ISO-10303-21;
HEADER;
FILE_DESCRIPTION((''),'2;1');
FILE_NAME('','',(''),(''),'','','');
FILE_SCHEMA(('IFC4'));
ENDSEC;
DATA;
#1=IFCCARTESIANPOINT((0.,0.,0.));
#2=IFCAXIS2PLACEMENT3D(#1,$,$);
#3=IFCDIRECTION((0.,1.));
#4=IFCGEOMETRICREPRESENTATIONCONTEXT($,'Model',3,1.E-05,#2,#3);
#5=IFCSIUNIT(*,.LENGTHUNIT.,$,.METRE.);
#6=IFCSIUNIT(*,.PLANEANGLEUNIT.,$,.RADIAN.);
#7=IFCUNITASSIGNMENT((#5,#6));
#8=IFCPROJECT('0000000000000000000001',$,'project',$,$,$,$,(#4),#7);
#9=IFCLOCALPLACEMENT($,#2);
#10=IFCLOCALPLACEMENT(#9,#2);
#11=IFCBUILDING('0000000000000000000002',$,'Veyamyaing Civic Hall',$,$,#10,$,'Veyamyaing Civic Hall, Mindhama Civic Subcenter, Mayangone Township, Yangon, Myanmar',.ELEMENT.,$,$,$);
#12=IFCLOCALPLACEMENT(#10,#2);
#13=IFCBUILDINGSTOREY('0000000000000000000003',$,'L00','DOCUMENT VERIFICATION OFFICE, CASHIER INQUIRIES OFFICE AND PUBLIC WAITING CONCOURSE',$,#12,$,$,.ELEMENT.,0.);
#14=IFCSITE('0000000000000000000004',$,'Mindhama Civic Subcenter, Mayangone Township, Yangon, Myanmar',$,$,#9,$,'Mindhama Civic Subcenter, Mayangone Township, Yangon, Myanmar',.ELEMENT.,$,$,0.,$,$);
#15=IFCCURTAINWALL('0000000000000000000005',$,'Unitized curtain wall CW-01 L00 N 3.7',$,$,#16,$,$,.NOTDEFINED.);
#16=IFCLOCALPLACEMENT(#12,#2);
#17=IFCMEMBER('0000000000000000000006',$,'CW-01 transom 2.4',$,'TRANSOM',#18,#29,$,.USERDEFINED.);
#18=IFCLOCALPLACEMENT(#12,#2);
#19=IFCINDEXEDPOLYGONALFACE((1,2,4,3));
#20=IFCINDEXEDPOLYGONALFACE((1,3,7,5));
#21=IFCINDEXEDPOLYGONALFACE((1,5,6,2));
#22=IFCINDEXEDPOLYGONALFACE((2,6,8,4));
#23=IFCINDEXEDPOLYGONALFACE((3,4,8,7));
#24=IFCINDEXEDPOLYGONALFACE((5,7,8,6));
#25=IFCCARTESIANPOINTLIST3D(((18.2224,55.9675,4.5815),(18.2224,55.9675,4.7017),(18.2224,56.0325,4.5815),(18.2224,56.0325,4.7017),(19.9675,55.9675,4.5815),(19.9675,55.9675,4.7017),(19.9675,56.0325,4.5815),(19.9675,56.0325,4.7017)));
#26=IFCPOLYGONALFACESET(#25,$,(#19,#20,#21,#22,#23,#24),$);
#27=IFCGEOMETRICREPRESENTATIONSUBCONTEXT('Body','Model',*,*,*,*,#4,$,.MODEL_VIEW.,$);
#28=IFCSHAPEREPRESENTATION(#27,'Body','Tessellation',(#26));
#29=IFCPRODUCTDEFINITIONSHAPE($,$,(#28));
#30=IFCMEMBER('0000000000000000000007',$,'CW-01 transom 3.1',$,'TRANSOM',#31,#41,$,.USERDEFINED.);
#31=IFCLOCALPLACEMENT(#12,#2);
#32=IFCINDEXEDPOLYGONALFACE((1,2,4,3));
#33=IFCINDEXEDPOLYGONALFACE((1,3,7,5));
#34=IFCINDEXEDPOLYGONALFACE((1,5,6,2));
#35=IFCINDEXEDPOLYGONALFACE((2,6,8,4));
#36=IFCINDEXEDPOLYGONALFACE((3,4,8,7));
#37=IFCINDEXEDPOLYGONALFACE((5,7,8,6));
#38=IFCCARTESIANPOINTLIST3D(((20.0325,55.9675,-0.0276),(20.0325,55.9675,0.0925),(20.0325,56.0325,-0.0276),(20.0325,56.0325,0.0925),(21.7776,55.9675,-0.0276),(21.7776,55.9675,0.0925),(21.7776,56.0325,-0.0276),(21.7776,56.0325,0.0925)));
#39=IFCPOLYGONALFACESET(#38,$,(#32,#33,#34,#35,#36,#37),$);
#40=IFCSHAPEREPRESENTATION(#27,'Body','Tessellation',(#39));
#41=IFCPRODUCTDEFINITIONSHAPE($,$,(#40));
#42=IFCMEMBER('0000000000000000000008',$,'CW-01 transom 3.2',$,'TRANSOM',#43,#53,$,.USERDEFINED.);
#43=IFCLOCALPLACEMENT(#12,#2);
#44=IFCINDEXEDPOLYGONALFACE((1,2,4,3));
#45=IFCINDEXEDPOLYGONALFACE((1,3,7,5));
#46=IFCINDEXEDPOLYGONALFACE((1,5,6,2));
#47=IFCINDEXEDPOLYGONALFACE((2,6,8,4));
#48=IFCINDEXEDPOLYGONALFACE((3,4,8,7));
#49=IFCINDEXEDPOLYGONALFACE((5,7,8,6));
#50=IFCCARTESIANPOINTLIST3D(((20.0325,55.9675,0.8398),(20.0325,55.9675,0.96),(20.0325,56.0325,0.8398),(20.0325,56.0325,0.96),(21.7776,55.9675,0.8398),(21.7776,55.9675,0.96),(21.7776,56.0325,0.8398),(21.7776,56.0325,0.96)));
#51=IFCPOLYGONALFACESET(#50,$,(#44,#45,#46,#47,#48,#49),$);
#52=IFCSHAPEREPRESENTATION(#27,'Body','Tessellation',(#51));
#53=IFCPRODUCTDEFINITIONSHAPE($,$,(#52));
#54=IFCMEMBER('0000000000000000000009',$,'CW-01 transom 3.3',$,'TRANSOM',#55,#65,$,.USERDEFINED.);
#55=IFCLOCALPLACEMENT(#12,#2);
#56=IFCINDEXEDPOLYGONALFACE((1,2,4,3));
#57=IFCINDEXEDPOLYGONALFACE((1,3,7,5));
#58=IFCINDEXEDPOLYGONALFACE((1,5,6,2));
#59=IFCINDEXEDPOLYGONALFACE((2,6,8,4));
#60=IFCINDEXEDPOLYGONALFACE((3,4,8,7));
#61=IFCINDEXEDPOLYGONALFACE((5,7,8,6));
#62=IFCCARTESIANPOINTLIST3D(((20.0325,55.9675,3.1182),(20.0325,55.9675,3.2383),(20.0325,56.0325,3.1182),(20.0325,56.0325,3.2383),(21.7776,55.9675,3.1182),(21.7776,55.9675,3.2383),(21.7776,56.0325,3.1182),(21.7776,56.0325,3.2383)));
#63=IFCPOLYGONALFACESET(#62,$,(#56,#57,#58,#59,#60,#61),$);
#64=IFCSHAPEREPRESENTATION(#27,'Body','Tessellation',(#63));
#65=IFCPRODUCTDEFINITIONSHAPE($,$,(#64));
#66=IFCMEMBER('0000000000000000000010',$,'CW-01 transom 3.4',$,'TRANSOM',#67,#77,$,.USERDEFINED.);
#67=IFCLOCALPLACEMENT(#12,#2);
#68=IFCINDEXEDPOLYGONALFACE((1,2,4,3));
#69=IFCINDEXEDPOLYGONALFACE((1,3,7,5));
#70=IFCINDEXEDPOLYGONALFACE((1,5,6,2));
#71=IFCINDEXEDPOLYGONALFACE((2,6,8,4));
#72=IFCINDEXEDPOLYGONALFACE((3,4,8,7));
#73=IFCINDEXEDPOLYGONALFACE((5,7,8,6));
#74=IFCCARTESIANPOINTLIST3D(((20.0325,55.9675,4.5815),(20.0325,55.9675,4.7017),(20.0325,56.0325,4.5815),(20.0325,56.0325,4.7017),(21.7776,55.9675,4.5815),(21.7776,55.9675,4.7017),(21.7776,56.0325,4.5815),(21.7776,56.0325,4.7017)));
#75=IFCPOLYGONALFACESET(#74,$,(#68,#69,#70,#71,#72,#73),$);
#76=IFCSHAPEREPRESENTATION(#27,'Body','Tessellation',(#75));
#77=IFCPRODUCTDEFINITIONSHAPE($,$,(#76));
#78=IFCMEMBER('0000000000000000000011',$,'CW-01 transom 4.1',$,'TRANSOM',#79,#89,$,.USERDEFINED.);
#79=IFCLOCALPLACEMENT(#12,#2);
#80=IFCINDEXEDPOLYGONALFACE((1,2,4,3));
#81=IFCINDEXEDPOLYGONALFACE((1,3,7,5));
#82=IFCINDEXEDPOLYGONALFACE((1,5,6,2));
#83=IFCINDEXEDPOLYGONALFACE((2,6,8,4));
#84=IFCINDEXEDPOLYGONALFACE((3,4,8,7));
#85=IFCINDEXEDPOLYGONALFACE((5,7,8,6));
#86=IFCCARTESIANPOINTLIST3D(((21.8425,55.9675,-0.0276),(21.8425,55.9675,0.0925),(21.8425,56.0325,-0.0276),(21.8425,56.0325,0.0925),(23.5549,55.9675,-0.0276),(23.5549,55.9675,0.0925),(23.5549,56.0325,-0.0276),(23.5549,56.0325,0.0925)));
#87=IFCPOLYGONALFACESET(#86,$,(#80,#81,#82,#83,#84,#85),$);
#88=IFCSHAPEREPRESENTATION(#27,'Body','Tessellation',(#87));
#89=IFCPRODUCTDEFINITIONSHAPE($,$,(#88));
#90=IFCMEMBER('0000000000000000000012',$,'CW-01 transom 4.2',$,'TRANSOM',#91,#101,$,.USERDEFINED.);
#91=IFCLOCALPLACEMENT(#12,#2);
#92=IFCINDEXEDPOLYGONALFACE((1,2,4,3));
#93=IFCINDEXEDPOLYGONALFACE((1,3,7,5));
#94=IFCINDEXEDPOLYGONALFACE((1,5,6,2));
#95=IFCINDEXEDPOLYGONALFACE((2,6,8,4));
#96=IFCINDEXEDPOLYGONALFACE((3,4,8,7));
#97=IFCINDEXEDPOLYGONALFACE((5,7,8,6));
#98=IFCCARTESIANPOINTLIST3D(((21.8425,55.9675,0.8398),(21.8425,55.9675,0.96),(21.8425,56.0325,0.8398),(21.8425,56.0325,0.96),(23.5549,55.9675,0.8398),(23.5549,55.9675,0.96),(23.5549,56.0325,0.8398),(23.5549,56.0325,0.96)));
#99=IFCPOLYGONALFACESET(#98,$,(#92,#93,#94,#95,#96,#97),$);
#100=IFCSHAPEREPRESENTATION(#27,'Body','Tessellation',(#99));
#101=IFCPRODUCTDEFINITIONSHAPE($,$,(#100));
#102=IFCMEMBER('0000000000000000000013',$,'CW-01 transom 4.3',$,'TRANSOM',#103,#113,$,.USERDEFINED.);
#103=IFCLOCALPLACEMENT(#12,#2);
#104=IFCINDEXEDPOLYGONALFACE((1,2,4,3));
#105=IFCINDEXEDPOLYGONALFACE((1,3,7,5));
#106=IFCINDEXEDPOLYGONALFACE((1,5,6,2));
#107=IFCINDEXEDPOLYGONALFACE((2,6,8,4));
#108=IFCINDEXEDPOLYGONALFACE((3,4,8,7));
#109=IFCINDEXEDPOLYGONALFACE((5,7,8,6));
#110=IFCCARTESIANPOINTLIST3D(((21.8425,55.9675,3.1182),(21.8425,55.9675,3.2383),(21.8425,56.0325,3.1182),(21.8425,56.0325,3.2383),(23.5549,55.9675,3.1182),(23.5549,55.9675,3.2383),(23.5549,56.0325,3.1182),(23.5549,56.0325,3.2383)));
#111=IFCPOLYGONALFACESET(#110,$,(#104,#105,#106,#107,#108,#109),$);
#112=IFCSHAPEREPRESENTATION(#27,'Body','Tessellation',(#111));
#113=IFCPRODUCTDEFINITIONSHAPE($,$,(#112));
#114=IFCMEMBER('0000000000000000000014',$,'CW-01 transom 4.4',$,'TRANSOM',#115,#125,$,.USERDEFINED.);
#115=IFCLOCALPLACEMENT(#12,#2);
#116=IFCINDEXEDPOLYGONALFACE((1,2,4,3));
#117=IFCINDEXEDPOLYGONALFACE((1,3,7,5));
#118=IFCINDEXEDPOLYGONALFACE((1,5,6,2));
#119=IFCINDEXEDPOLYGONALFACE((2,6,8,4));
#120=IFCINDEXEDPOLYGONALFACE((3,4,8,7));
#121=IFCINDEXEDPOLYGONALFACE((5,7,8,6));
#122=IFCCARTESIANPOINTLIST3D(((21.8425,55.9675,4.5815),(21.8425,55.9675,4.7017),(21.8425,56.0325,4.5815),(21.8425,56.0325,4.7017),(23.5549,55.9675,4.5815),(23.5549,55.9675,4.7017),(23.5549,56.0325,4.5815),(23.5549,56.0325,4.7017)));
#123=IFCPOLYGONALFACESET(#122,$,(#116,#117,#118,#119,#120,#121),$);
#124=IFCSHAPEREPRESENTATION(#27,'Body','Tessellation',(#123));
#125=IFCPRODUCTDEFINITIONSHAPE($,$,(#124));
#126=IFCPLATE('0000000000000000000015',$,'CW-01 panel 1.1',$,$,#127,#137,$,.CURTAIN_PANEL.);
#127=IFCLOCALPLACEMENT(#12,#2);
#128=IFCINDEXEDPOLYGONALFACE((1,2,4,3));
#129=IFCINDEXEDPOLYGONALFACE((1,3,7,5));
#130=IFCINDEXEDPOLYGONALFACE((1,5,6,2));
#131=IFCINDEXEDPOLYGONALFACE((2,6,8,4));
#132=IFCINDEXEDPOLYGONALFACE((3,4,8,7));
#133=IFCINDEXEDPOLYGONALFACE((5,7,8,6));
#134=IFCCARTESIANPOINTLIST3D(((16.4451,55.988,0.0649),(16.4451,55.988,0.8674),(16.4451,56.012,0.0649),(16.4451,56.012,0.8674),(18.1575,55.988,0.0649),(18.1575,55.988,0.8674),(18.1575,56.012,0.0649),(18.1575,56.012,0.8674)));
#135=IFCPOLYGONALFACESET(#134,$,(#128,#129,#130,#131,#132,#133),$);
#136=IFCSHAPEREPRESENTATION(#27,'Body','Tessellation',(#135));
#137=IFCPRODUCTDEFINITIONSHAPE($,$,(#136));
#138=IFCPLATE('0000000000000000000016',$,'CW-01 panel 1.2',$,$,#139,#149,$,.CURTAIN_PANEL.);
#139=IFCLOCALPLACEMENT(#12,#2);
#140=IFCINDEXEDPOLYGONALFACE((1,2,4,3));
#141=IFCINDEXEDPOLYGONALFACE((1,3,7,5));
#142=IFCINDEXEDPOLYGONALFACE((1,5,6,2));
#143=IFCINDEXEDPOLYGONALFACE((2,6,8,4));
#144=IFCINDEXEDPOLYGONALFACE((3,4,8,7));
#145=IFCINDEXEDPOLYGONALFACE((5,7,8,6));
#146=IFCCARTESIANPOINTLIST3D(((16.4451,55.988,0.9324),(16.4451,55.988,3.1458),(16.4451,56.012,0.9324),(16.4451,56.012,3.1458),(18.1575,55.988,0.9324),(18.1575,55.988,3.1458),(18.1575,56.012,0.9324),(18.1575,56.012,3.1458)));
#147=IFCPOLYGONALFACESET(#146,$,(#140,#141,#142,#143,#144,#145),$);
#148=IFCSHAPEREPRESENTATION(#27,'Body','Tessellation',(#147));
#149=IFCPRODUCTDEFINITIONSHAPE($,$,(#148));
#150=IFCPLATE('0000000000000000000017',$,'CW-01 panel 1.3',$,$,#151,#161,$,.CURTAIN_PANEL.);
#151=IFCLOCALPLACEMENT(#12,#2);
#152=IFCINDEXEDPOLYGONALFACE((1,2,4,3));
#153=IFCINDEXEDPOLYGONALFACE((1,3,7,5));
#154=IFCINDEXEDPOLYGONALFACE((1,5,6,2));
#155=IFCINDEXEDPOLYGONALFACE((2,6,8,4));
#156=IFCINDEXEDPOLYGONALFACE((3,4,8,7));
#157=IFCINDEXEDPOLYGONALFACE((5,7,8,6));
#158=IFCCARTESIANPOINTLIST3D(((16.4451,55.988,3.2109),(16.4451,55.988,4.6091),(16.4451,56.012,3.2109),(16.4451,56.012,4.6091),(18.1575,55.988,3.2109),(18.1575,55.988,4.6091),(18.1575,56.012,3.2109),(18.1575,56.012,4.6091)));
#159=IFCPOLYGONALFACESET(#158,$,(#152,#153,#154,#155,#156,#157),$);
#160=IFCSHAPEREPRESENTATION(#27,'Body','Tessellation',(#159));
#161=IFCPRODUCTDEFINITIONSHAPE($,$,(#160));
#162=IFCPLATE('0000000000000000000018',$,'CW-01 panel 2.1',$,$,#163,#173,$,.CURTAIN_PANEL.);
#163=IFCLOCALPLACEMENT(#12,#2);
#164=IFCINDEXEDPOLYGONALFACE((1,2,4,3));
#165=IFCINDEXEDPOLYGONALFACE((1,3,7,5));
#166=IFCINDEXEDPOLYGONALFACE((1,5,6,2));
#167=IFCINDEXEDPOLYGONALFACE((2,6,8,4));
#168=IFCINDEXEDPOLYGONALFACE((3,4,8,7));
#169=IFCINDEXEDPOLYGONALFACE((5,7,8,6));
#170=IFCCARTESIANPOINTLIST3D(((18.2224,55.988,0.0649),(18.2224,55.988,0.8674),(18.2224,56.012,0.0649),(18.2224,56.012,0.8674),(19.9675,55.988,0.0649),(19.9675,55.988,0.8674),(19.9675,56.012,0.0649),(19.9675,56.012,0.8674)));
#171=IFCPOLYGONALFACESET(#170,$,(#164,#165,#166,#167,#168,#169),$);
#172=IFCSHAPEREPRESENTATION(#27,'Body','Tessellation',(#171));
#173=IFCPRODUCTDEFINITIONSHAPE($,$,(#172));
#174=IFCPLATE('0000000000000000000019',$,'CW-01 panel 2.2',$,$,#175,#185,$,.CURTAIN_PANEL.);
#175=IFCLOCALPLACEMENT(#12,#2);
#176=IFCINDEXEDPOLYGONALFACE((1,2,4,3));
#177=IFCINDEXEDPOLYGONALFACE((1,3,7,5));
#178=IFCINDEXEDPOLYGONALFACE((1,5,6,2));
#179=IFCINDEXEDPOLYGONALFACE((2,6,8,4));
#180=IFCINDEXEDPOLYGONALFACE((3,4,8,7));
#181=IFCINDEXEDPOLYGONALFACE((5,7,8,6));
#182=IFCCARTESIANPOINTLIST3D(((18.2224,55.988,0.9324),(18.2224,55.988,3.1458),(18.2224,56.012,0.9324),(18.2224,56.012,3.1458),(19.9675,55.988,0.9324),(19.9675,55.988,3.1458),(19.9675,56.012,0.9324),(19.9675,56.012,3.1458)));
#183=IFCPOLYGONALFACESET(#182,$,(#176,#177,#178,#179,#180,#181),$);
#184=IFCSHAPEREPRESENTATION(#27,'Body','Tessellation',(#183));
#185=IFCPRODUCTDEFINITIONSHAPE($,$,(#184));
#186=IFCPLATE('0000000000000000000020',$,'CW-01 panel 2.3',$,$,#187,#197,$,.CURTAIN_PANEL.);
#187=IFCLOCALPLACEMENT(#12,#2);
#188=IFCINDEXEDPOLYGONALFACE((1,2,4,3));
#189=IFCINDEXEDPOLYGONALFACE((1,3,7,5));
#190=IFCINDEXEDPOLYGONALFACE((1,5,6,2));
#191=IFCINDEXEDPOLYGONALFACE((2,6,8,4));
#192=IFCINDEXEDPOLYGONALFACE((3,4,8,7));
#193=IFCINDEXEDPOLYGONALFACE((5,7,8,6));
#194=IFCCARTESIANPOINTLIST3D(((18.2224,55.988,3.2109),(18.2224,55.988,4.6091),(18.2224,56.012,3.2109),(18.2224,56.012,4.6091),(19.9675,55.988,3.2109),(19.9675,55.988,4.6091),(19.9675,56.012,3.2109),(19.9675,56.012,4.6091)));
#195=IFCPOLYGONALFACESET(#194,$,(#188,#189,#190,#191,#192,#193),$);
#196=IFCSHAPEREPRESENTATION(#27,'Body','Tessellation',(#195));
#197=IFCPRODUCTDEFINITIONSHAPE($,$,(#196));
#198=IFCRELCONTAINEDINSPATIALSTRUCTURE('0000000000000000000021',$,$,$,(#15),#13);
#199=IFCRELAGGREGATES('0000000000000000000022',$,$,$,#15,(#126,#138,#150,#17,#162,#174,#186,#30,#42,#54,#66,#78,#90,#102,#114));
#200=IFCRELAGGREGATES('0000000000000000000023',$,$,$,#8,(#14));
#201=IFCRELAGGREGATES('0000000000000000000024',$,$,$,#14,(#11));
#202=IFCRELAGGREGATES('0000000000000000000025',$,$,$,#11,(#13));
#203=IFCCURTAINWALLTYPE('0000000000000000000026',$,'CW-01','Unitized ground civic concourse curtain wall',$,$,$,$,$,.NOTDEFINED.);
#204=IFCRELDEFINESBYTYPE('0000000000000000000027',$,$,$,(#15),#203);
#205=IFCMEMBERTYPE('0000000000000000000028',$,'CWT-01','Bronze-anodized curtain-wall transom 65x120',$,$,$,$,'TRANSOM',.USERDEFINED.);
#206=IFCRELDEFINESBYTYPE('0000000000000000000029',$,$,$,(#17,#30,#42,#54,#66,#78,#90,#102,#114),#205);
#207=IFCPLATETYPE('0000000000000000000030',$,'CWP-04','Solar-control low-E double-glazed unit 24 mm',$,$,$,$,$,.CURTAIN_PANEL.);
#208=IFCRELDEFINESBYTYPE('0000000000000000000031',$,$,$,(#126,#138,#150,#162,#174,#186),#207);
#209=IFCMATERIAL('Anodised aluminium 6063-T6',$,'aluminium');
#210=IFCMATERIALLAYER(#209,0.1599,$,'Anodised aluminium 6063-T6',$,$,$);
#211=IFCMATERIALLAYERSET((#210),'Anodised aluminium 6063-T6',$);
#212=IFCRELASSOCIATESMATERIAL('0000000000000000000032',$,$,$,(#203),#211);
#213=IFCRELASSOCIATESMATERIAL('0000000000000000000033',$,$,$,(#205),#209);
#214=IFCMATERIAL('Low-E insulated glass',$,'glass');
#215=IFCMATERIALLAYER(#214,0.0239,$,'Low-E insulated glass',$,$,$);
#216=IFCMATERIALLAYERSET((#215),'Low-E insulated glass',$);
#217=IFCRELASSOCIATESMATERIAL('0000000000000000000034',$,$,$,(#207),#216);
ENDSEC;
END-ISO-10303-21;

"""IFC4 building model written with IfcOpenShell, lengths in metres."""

from ifc_helpers import new_model, si_unit, direction, frame, origin, origin_2d, place, context, subcontext, project, spatial, rectangle, extrude, material, layer, layer_set, material_profile, profile_set, type_object, element, aggregate, save


model = new_model("IFC4")

# Units and contexts
model_context = context("Model", 3, precision=1e-05, world=origin(), true_north=direction((0.0, 1.0)))
body_context = subcontext(model_context, "Body", "Model", "MODEL_VIEW")
ifc_project = project(units=[si_unit("LENGTHUNIT", "METRE"), si_unit("PLANEANGLEUNIT", "RADIAN")], contexts=[model_context])

# Site, building, storey
site_placement = place(None, origin())
site = spatial("IfcSite", under=ifc_project, at=site_placement, Name="Mindhama Civic Subcenter, Mayangone Township, Yangon, Myanmar", LongName="Mindhama Civic Subcenter, Mayangone Township, Yangon, Myanmar", CompositionType="ELEMENT", RefElevation=0.0)
building_placement = place(site_placement, origin())
building = spatial("IfcBuilding", under=site, at=building_placement, Name="Veyamyaing Civic Hall", LongName="Veyamyaing Civic Hall, Mindhama Civic Subcenter, Mayangone Township, Yangon, Myanmar", CompositionType="ELEMENT")
storey_placement = place(building_placement, origin())
storey = spatial("IfcBuildingStorey", under=building, at=storey_placement, Name="L00", Description="DOCUMENT VERIFICATION OFFICE, CASHIER INQUIRIES OFFICE AND PUBLIC WAITING CONCOURSE", CompositionType="ELEMENT", Elevation=0.0)

# Curtain wall, members, plates
ifc_material_1 = material(Name="Anodised aluminium 6063-T6", Category="aluminium")
ifc_layer_1 = layer(ifc_material_1, 0.1599, Name="Anodised aluminium 6063-T6")
ifc_layer_set_1 = layer_set([ifc_layer_1], Name="Anodised aluminium 6063-T6")
curtain_wall_type = type_object("IfcCurtainWallType", Name="CW-01", Description="Unitized ground civic concourse curtain wall", PredefinedType="NOTDEFINED", material=ifc_layer_set_1)
curtain_wall_placement = place(storey_placement, origin())
curtain_wall = element("IfcCurtainWall", 1, at=curtain_wall_placement, inside=storey, type_object=curtain_wall_type, Name="Unitized curtain wall CW-01 L00 N 3.7", PredefinedType="NOTDEFINED")
ifc_material_profile_1 = material_profile(ifc_material_1, rectangle(XDim=0.0649, YDim=0.1201, at=origin_2d()), Name="ALU-TRN-65X120")
ifc_profile_set_1 = profile_set([ifc_material_profile_1], Name="Anodised aluminium 6063-T6")
member_type_1 = type_object("IfcMemberType", Name="CWT-01", Description="Bronze-anodized curtain-wall transom 65x120", ElementType="TRANSOM", PredefinedType="USERDEFINED", material=ifc_profile_set_1)
member_1_placement = place(storey_placement, frame((18.2224, 56.0, 4.6416), z_axis=(1.0, 0.0, 0.0), x_axis=(0.0, 1.0, 0.0)))
member_1 = element("IfcMember", 2, at=member_1_placement, type_object=member_type_1, Name="CW-01 transom 2.4", ObjectType="TRANSOM", PredefinedType="USERDEFINED", context=body_context, shape_type="SweptSolid", body=[
    extrude(rectangle(XDim=0.0649, YDim=0.1201, at=origin_2d()), origin(), (0.0, 0.0, 1.0), 1.7451),
])
member_2_placement = place(storey_placement, frame((20.0325, 56.0, 0.0325), z_axis=(1.0, 0.0, 0.0), x_axis=(0.0, 1.0, 0.0)))
member_2 = element("IfcMember", 3, at=member_2_placement, type_object=member_type_1, Name="CW-01 transom 3.1", ObjectType="TRANSOM", PredefinedType="USERDEFINED", context=body_context, shape_type="SweptSolid", body=[
    extrude(rectangle(XDim=0.0649, YDim=0.1201, at=origin_2d()), origin(), (0.0, 0.0, 1.0), 1.7451),
])
member_3_placement = place(storey_placement, frame((20.0325, 56.0, 0.8999), z_axis=(1.0, 0.0, 0.0), x_axis=(0.0, 1.0, 0.0)))
member_3 = element("IfcMember", 4, at=member_3_placement, type_object=member_type_1, Name="CW-01 transom 3.2", ObjectType="TRANSOM", PredefinedType="USERDEFINED", context=body_context, shape_type="SweptSolid", body=[
    extrude(rectangle(XDim=0.0649, YDim=0.1201, at=origin_2d()), origin(), (0.0, 0.0, 1.0), 1.7451),
])
member_4_placement = place(storey_placement, frame((20.0325, 56.0, 3.1782), z_axis=(1.0, 0.0, 0.0), x_axis=(0.0, 1.0, 0.0)))
member_4 = element("IfcMember", 5, at=member_4_placement, type_object=member_type_1, Name="CW-01 transom 3.3", ObjectType="TRANSOM", PredefinedType="USERDEFINED", context=body_context, shape_type="SweptSolid", body=[
    extrude(rectangle(XDim=0.0649, YDim=0.1201, at=origin_2d()), origin(), (0.0, 0.0, 1.0), 1.7451),
])
member_5_placement = place(storey_placement, frame((20.0325, 56.0, 4.6416), z_axis=(1.0, 0.0, 0.0), x_axis=(0.0, 1.0, 0.0)))
member_5 = element("IfcMember", 6, at=member_5_placement, type_object=member_type_1, Name="CW-01 transom 3.4", ObjectType="TRANSOM", PredefinedType="USERDEFINED", context=body_context, shape_type="SweptSolid", body=[
    extrude(rectangle(XDim=0.0649, YDim=0.1201, at=origin_2d()), origin(), (0.0, 0.0, 1.0), 1.7451),
])
member_6_placement = place(storey_placement, frame((21.8425, 56.0, 0.0325), z_axis=(1.0, 0.0, 0.0), x_axis=(0.0, 1.0, 0.0)))
member_6 = element("IfcMember", 7, at=member_6_placement, type_object=member_type_1, Name="CW-01 transom 4.1", ObjectType="TRANSOM", PredefinedType="USERDEFINED", context=body_context, shape_type="SweptSolid", body=[
    extrude(rectangle(XDim=0.0649, YDim=0.1201, at=origin_2d()), origin(), (0.0, 0.0, 1.0), 1.7124),
])
member_7_placement = place(storey_placement, frame((21.8425, 56.0, 0.8999), z_axis=(1.0, 0.0, 0.0), x_axis=(0.0, 1.0, 0.0)))
member_7 = element("IfcMember", 8, at=member_7_placement, type_object=member_type_1, Name="CW-01 transom 4.2", ObjectType="TRANSOM", PredefinedType="USERDEFINED", context=body_context, shape_type="SweptSolid", body=[
    extrude(rectangle(XDim=0.0649, YDim=0.1201, at=origin_2d()), origin(), (0.0, 0.0, 1.0), 1.7124),
])
member_8_placement = place(storey_placement, frame((21.8425, 56.0, 3.1782), z_axis=(1.0, 0.0, 0.0), x_axis=(0.0, 1.0, 0.0)))
member_8 = element("IfcMember", 9, at=member_8_placement, type_object=member_type_1, Name="CW-01 transom 4.3", ObjectType="TRANSOM", PredefinedType="USERDEFINED", context=body_context, shape_type="SweptSolid", body=[
    extrude(rectangle(XDim=0.0649, YDim=0.1201, at=origin_2d()), origin(), (0.0, 0.0, 1.0), 1.7124),
])
member_9_placement = place(storey_placement, frame((21.8425, 56.0, 4.6416), z_axis=(1.0, 0.0, 0.0), x_axis=(0.0, 1.0, 0.0)))
member_9 = element("IfcMember", 10, at=member_9_placement, type_object=member_type_1, Name="CW-01 transom 4.4", ObjectType="TRANSOM", PredefinedType="USERDEFINED", context=body_context, shape_type="SweptSolid", body=[
    extrude(rectangle(XDim=0.0649, YDim=0.1201, at=origin_2d()), origin(), (0.0, 0.0, 1.0), 1.7124),
])
ifc_material_2 = material(Name="Low-E insulated glass", Category="glass")
ifc_layer_2 = layer(ifc_material_2, 0.0239, Name="Low-E insulated glass")
ifc_layer_set_2 = layer_set([ifc_layer_2], Name="Low-E insulated glass")
plate_type = type_object("IfcPlateType", Name="CWP-04", Description="Solar-control low-E double-glazed unit 24 mm", PredefinedType="CURTAIN_PANEL", material=ifc_layer_set_2)
plate_1_placement = place(storey_placement, frame((17.3013, 56.0, 0.0649), z_axis=(0.0, 0.0, 1.0), x_axis=(1.0, 0.0, 0.0)))
plate_1 = element("IfcPlate", 11, at=plate_1_placement, type_object=plate_type, Name="CW-01 panel 1.1", PredefinedType="CURTAIN_PANEL", context=body_context, shape_type="SweptSolid", body=[
    extrude(rectangle(XDim=1.7124, YDim=0.0239, at=origin_2d()), origin(), (0.0, 0.0, 1.0), 0.8025),
])
plate_2_placement = place(storey_placement, frame((17.3013, 56.0, 0.9324), z_axis=(0.0, 0.0, 1.0), x_axis=(1.0, 0.0, 0.0)))
plate_2 = element("IfcPlate", 12, at=plate_2_placement, type_object=plate_type, Name="CW-01 panel 1.2", PredefinedType="CURTAIN_PANEL", context=body_context, shape_type="SweptSolid", body=[
    extrude(rectangle(XDim=1.7124, YDim=0.0239, at=origin_2d()), origin(), (0.0, 0.0, 1.0), 2.2134),
])
plate_3_placement = place(storey_placement, frame((17.3013, 56.0, 3.2109), z_axis=(0.0, 0.0, 1.0), x_axis=(1.0, 0.0, 0.0)))
plate_3 = element("IfcPlate", 13, at=plate_3_placement, type_object=plate_type, Name="CW-01 panel 1.3", PredefinedType="CURTAIN_PANEL", context=body_context, shape_type="SweptSolid", body=[
    extrude(rectangle(XDim=1.7124, YDim=0.0239, at=origin_2d()), origin(), (0.0, 0.0, 1.0), 1.3982),
])
plate_4_placement = place(storey_placement, frame((19.095, 56.0, 0.0649), z_axis=(0.0, 0.0, 1.0), x_axis=(1.0, 0.0, 0.0)))
plate_4 = element("IfcPlate", 14, at=plate_4_placement, type_object=plate_type, Name="CW-01 panel 2.1", PredefinedType="CURTAIN_PANEL", context=body_context, shape_type="SweptSolid", body=[
    extrude(rectangle(XDim=1.7451, YDim=0.0239, at=origin_2d()), origin(), (0.0, 0.0, 1.0), 0.8025),
])
plate_5_placement = place(storey_placement, frame((19.095, 56.0, 0.9324), z_axis=(0.0, 0.0, 1.0), x_axis=(1.0, 0.0, 0.0)))
plate_5 = element("IfcPlate", 15, at=plate_5_placement, type_object=plate_type, Name="CW-01 panel 2.2", PredefinedType="CURTAIN_PANEL", context=body_context, shape_type="SweptSolid", body=[
    extrude(rectangle(XDim=1.7451, YDim=0.0239, at=origin_2d()), origin(), (0.0, 0.0, 1.0), 2.2134),
])
plate_6_placement = place(storey_placement, frame((19.095, 56.0, 3.2109), z_axis=(0.0, 0.0, 1.0), x_axis=(1.0, 0.0, 0.0)))
plate_6 = element("IfcPlate", 16, at=plate_6_placement, type_object=plate_type, Name="CW-01 panel 2.3", PredefinedType="CURTAIN_PANEL", context=body_context, shape_type="SweptSolid", body=[
    extrude(rectangle(XDim=1.7451, YDim=0.0239, at=origin_2d()), origin(), (0.0, 0.0, 1.0), 1.3982),
])
aggregate(curtain_wall, [plate_1, plate_2, plate_3, member_1, plate_4, plate_5, plate_6, member_2, member_3, member_4, member_5, member_6, member_7, member_8, member_9])

save(model, "model.ifc")
